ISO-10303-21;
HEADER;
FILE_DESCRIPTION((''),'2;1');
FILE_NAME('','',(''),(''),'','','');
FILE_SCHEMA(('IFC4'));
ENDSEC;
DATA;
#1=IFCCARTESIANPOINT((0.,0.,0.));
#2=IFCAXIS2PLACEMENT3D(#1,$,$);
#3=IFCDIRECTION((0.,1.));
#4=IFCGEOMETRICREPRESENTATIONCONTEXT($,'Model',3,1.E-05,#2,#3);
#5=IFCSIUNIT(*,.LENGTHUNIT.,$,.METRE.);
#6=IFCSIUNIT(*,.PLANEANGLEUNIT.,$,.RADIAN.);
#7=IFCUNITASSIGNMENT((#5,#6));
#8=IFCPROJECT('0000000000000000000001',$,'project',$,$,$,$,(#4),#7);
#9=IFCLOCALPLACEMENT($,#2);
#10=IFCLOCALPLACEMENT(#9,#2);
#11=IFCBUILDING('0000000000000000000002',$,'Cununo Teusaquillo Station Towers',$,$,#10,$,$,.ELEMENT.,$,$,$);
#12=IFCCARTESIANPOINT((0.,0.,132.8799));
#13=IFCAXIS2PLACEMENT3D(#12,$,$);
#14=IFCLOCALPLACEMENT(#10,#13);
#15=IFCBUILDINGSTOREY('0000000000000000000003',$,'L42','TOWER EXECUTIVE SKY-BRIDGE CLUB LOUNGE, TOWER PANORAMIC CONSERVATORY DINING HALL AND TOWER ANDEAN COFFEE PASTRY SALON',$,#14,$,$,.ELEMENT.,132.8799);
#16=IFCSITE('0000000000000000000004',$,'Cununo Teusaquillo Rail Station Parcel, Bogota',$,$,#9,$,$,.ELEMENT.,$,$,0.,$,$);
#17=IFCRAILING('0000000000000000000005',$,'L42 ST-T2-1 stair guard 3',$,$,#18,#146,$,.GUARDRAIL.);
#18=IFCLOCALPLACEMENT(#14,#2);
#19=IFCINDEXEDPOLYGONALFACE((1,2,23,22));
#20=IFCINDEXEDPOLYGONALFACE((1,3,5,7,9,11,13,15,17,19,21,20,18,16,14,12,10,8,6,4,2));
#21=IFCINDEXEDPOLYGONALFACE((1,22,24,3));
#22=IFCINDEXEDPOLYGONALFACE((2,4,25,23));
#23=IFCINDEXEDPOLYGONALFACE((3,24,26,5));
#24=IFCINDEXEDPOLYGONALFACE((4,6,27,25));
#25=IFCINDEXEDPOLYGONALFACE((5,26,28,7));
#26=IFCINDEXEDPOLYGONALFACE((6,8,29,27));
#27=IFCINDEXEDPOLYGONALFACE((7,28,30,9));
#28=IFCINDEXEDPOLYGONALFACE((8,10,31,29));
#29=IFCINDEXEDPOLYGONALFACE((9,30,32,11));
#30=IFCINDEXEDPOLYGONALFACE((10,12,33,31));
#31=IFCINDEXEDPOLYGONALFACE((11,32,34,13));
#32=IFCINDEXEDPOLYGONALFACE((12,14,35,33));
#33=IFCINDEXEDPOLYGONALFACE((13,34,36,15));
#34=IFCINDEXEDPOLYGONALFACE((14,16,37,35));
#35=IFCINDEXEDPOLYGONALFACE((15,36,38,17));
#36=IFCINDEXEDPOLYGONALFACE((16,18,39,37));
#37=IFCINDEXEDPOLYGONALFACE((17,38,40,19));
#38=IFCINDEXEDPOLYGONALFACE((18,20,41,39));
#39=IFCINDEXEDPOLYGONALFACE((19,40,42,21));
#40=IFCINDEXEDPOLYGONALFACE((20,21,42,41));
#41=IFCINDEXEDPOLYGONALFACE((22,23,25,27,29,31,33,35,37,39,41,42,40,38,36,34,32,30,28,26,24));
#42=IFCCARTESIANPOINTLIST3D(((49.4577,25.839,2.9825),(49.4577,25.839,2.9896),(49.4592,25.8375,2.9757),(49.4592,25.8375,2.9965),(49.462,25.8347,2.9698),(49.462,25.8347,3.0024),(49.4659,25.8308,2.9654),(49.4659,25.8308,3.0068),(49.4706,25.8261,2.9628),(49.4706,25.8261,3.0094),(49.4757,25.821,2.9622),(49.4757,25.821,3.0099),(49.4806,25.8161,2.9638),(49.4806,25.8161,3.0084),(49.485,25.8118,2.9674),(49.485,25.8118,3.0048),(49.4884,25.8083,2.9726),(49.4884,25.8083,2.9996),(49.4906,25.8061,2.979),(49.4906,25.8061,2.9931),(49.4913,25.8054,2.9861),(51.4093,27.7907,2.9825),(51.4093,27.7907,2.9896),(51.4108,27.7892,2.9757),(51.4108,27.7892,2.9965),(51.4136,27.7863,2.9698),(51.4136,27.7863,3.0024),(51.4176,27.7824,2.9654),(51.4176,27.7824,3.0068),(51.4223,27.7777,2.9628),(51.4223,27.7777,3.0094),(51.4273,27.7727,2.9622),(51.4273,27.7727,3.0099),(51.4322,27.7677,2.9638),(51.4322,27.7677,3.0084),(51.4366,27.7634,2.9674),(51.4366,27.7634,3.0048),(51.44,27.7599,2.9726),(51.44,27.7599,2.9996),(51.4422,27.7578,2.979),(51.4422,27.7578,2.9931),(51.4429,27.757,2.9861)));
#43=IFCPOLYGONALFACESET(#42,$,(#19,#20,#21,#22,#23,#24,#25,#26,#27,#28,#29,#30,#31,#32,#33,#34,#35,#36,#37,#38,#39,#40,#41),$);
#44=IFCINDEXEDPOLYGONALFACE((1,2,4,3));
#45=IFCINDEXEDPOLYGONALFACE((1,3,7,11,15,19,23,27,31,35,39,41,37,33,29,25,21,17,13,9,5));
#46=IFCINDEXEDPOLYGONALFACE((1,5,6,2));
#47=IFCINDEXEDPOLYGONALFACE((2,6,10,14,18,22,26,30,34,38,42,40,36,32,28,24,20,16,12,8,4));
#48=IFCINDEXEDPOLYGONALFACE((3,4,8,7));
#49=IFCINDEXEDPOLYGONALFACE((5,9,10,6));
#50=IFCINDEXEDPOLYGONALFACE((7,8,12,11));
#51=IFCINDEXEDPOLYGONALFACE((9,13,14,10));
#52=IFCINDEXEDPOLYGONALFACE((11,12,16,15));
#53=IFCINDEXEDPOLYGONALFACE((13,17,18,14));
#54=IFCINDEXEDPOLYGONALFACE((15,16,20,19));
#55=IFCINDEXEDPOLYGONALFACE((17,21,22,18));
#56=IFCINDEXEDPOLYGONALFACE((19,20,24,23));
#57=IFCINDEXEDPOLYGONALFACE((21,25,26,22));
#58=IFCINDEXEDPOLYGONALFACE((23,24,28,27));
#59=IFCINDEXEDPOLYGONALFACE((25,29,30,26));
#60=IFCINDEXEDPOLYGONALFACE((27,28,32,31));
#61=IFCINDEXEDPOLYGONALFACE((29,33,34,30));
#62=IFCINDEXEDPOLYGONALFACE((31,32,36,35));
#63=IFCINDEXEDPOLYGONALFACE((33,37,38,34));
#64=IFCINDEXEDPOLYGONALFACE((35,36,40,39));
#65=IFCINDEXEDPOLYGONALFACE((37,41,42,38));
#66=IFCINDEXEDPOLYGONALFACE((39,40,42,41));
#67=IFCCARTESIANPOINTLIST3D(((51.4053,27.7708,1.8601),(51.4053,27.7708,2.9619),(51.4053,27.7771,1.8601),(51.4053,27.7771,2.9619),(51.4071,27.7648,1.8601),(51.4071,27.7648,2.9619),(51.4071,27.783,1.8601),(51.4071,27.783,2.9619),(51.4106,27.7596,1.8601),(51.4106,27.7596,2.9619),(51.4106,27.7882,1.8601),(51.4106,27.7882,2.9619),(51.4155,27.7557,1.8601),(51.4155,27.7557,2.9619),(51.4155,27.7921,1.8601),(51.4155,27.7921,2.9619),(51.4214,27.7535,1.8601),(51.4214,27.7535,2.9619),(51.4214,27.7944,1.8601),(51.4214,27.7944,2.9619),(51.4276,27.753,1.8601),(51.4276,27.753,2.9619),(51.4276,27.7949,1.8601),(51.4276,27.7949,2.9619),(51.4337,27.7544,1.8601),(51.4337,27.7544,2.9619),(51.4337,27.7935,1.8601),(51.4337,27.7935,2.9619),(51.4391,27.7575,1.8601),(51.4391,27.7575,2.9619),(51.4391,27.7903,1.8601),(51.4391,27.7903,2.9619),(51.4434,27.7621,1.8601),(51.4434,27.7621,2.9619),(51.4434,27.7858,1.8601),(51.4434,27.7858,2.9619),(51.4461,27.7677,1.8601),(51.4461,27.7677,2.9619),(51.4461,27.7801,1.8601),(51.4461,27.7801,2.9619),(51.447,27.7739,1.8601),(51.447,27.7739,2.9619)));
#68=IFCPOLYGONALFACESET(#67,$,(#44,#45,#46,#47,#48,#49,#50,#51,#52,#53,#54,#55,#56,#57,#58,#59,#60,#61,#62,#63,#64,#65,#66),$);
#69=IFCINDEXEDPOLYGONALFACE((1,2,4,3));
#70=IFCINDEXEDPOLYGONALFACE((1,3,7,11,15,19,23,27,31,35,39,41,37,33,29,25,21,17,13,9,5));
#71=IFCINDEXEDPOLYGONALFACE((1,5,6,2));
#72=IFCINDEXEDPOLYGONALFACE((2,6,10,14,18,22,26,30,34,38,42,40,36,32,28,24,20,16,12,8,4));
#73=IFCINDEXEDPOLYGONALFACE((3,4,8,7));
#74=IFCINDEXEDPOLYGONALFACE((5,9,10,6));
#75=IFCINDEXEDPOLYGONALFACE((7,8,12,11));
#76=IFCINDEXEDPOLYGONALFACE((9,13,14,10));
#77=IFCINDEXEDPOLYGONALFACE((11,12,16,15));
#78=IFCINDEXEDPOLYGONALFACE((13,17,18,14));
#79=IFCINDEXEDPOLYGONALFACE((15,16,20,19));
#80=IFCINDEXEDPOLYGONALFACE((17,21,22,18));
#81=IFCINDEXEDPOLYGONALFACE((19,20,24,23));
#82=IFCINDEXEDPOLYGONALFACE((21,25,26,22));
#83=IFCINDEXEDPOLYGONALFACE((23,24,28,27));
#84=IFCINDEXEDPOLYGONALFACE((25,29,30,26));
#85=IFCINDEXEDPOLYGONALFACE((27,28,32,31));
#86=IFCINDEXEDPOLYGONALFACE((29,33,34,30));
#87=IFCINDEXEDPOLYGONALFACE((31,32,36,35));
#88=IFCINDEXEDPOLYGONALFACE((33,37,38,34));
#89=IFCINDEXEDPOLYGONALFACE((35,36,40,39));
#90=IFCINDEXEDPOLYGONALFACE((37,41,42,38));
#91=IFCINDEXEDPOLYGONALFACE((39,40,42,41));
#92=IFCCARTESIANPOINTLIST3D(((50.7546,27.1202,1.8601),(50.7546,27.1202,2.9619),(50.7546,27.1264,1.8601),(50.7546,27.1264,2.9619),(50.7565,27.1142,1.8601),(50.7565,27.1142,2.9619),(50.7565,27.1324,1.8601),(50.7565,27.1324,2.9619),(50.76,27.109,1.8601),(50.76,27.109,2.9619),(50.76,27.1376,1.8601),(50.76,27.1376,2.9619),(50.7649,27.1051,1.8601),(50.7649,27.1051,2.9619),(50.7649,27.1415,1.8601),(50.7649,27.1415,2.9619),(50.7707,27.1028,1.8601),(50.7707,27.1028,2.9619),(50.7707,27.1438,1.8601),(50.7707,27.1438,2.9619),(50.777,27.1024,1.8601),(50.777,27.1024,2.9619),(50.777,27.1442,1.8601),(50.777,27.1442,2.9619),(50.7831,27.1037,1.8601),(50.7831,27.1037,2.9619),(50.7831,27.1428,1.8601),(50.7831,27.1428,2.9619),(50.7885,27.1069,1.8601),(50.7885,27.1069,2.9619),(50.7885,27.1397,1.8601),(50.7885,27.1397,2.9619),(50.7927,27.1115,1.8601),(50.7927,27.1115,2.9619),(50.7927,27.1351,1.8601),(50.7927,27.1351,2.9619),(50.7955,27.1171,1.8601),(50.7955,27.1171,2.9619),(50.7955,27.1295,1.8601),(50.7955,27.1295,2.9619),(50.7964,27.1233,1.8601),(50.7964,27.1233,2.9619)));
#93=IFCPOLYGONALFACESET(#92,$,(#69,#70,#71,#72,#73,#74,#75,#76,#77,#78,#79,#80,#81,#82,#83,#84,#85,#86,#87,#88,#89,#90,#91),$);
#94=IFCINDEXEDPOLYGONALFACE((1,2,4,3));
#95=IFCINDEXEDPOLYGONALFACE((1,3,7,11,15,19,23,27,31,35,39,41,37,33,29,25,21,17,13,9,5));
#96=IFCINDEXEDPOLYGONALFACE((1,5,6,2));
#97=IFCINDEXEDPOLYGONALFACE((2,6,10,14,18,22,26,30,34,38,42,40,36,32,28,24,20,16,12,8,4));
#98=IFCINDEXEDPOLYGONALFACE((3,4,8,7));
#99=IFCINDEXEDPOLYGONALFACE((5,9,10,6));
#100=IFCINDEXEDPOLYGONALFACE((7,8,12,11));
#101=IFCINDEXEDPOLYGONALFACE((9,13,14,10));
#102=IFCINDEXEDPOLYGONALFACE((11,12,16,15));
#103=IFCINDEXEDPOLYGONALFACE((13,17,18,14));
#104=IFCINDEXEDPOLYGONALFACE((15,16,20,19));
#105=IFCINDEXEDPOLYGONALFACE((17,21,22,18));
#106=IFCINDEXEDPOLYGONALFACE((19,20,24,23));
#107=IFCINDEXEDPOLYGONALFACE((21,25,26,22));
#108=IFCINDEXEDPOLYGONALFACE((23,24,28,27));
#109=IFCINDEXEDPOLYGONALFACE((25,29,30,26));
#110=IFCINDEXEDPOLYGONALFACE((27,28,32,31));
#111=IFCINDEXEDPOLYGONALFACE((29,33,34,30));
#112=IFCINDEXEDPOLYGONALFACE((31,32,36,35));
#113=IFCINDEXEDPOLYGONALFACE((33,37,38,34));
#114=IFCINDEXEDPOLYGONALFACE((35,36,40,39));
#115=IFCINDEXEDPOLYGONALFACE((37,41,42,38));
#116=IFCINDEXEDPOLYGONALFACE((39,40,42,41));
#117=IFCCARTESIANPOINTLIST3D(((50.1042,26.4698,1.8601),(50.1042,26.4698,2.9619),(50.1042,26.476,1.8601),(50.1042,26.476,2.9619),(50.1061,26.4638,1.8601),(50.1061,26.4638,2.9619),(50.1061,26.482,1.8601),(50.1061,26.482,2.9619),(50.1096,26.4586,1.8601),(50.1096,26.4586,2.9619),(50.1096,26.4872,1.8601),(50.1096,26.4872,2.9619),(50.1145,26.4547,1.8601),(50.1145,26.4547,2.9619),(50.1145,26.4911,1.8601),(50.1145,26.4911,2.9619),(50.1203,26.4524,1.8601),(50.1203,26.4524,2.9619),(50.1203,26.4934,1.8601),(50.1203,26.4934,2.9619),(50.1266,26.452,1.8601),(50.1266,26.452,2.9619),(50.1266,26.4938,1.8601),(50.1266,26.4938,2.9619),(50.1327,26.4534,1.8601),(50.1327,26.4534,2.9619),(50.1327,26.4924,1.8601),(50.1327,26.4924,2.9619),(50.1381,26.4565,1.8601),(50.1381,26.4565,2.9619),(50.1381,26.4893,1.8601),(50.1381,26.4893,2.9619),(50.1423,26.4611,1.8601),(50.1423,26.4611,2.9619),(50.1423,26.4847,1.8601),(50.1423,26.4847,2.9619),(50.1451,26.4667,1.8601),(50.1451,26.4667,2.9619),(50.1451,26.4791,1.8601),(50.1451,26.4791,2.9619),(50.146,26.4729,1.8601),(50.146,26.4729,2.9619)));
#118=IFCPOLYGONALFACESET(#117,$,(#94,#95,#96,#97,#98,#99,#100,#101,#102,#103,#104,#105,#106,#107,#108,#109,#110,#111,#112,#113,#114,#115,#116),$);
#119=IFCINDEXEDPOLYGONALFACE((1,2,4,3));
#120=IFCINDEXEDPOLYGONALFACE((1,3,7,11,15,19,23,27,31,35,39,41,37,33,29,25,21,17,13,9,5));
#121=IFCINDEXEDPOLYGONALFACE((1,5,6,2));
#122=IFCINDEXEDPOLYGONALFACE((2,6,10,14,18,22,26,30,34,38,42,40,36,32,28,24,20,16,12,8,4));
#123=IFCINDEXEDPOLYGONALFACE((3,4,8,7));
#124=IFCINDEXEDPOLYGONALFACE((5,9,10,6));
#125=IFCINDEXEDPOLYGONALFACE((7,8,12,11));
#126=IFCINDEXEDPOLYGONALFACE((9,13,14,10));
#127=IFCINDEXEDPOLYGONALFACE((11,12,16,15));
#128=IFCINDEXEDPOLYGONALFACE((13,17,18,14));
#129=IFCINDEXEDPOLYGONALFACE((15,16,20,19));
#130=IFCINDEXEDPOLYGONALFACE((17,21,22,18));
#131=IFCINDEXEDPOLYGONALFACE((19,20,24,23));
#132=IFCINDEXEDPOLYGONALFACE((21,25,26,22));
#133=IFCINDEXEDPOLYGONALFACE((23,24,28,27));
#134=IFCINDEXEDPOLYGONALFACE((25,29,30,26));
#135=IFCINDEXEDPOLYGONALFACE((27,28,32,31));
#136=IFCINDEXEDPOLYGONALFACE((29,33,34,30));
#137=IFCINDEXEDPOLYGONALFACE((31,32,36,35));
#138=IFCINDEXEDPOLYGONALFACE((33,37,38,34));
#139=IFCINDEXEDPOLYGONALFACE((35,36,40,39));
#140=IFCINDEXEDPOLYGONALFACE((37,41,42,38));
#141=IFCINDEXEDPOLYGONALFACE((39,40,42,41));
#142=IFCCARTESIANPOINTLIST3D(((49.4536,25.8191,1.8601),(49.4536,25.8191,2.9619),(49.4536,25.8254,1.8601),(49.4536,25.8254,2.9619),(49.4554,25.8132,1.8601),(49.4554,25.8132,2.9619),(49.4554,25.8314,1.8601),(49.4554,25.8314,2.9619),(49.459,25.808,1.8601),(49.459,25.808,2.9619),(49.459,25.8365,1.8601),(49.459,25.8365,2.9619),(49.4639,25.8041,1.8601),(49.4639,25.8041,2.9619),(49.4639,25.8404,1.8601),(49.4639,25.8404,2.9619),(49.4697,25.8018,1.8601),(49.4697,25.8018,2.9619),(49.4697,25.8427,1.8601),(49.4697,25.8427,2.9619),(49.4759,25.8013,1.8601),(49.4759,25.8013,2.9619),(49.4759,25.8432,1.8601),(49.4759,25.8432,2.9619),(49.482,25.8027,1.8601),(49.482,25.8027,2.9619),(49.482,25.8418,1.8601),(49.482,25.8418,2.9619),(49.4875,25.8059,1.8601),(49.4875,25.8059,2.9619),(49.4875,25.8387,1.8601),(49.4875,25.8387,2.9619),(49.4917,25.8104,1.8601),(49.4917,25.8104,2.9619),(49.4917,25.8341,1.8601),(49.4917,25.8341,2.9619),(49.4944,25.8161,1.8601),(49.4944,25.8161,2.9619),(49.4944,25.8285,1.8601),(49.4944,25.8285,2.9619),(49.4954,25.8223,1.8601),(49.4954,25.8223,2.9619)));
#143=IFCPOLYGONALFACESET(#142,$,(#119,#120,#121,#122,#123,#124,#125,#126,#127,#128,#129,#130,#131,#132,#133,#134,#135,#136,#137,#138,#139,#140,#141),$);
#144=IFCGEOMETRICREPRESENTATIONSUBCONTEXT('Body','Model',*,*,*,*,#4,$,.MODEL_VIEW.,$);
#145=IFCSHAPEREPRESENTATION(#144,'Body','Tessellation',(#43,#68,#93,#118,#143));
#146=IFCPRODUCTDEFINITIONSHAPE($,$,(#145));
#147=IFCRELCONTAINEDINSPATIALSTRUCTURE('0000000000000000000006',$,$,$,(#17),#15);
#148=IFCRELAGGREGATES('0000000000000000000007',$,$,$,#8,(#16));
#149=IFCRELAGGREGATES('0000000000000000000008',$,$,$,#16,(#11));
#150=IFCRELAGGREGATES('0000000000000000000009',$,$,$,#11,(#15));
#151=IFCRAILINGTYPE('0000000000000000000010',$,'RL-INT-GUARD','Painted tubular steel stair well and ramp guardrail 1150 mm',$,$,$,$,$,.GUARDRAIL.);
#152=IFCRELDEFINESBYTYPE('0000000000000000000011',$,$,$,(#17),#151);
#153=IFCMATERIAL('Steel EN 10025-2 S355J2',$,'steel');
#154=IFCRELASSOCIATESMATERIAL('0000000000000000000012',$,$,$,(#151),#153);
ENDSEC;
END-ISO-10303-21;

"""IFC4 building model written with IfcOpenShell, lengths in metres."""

from ifc_helpers import new_model, si_unit, direction, frame, origin, origin_2d, place, context, subcontext, project, spatial, circle, extrude, material, type_object, element, save


model = new_model("IFC4")

# Units and contexts
model_context = context("Model", 3, precision=1e-05, world=origin(), true_north=direction((0.0, 1.0)))
body_context = subcontext(model_context, "Body", "Model", "MODEL_VIEW")
ifc_project = project(units=[si_unit("LENGTHUNIT", "METRE"), si_unit("PLANEANGLEUNIT", "RADIAN")], contexts=[model_context])

# Site, building, storey
site_placement = place(None, origin())
site = spatial("IfcSite", under=ifc_project, at=site_placement, Name="Cununo Teusaquillo Rail Station Parcel, Bogota", CompositionType="ELEMENT", RefElevation=0.0)
building_placement = place(site_placement, origin())
building = spatial("IfcBuilding", under=site, at=building_placement, Name="Cununo Teusaquillo Station Towers", CompositionType="ELEMENT")
storey_placement = place(building_placement, frame((0.0, 0.0, 132.8799)))
storey = spatial("IfcBuildingStorey", under=building, at=storey_placement, Name="L42", Description="TOWER EXECUTIVE SKY-BRIDGE CLUB LOUNGE, TOWER PANORAMIC CONSERVATORY DINING HALL AND TOWER ANDEAN COFFEE PASTRY SALON", CompositionType="ELEMENT", Elevation=132.8799)

# Railing
ifc_material_1 = material(Name="Steel EN 10025-2 S355J2", Category="steel")
railing_type = type_object("IfcRailingType", Name="RL-INT-GUARD", Description="Painted tubular steel stair well and ramp guardrail 1150 mm", PredefinedType="GUARDRAIL", material=ifc_material_1)
railing_1_placement = place(storey_placement, frame((51.426, 27.7739, 1.8601)))
element("IfcRailing", 1, at=railing_1_placement, inside=storey, type_object=railing_type, Name="L42 ST-T2-1 stair guard 3", PredefinedType="GUARDRAIL", context=body_context, shape_type="SweptSolid", body=[
    extrude(circle(Radius=0.0239, at=origin_2d()), frame((0.0, 0.0, 1.126), z_axis=(-0.707107, -0.707107, 0.0), x_axis=(0.707107, -0.707107, 0.0)), (0.0, 0.0, 1.0), 2.76),
    extrude(circle(Radius=0.021, at=origin_2d()), origin(), (0.0, 0.0, 1.0), 1.1018),
    extrude(circle(Radius=0.021, at=origin_2d()), frame((-0.6506, -0.6506, 0.0)), (0.0, 0.0, 1.0), 1.1018),
    extrude(circle(Radius=0.021, at=origin_2d()), frame((-1.301, -1.301, 0.0)), (0.0, 0.0, 1.0), 1.1018),
    extrude(circle(Radius=0.021, at=origin_2d()), frame((-1.9517, -1.9517, 0.0)), (0.0, 0.0, 1.0), 1.1018),
])

save(model, "model.ifc")
